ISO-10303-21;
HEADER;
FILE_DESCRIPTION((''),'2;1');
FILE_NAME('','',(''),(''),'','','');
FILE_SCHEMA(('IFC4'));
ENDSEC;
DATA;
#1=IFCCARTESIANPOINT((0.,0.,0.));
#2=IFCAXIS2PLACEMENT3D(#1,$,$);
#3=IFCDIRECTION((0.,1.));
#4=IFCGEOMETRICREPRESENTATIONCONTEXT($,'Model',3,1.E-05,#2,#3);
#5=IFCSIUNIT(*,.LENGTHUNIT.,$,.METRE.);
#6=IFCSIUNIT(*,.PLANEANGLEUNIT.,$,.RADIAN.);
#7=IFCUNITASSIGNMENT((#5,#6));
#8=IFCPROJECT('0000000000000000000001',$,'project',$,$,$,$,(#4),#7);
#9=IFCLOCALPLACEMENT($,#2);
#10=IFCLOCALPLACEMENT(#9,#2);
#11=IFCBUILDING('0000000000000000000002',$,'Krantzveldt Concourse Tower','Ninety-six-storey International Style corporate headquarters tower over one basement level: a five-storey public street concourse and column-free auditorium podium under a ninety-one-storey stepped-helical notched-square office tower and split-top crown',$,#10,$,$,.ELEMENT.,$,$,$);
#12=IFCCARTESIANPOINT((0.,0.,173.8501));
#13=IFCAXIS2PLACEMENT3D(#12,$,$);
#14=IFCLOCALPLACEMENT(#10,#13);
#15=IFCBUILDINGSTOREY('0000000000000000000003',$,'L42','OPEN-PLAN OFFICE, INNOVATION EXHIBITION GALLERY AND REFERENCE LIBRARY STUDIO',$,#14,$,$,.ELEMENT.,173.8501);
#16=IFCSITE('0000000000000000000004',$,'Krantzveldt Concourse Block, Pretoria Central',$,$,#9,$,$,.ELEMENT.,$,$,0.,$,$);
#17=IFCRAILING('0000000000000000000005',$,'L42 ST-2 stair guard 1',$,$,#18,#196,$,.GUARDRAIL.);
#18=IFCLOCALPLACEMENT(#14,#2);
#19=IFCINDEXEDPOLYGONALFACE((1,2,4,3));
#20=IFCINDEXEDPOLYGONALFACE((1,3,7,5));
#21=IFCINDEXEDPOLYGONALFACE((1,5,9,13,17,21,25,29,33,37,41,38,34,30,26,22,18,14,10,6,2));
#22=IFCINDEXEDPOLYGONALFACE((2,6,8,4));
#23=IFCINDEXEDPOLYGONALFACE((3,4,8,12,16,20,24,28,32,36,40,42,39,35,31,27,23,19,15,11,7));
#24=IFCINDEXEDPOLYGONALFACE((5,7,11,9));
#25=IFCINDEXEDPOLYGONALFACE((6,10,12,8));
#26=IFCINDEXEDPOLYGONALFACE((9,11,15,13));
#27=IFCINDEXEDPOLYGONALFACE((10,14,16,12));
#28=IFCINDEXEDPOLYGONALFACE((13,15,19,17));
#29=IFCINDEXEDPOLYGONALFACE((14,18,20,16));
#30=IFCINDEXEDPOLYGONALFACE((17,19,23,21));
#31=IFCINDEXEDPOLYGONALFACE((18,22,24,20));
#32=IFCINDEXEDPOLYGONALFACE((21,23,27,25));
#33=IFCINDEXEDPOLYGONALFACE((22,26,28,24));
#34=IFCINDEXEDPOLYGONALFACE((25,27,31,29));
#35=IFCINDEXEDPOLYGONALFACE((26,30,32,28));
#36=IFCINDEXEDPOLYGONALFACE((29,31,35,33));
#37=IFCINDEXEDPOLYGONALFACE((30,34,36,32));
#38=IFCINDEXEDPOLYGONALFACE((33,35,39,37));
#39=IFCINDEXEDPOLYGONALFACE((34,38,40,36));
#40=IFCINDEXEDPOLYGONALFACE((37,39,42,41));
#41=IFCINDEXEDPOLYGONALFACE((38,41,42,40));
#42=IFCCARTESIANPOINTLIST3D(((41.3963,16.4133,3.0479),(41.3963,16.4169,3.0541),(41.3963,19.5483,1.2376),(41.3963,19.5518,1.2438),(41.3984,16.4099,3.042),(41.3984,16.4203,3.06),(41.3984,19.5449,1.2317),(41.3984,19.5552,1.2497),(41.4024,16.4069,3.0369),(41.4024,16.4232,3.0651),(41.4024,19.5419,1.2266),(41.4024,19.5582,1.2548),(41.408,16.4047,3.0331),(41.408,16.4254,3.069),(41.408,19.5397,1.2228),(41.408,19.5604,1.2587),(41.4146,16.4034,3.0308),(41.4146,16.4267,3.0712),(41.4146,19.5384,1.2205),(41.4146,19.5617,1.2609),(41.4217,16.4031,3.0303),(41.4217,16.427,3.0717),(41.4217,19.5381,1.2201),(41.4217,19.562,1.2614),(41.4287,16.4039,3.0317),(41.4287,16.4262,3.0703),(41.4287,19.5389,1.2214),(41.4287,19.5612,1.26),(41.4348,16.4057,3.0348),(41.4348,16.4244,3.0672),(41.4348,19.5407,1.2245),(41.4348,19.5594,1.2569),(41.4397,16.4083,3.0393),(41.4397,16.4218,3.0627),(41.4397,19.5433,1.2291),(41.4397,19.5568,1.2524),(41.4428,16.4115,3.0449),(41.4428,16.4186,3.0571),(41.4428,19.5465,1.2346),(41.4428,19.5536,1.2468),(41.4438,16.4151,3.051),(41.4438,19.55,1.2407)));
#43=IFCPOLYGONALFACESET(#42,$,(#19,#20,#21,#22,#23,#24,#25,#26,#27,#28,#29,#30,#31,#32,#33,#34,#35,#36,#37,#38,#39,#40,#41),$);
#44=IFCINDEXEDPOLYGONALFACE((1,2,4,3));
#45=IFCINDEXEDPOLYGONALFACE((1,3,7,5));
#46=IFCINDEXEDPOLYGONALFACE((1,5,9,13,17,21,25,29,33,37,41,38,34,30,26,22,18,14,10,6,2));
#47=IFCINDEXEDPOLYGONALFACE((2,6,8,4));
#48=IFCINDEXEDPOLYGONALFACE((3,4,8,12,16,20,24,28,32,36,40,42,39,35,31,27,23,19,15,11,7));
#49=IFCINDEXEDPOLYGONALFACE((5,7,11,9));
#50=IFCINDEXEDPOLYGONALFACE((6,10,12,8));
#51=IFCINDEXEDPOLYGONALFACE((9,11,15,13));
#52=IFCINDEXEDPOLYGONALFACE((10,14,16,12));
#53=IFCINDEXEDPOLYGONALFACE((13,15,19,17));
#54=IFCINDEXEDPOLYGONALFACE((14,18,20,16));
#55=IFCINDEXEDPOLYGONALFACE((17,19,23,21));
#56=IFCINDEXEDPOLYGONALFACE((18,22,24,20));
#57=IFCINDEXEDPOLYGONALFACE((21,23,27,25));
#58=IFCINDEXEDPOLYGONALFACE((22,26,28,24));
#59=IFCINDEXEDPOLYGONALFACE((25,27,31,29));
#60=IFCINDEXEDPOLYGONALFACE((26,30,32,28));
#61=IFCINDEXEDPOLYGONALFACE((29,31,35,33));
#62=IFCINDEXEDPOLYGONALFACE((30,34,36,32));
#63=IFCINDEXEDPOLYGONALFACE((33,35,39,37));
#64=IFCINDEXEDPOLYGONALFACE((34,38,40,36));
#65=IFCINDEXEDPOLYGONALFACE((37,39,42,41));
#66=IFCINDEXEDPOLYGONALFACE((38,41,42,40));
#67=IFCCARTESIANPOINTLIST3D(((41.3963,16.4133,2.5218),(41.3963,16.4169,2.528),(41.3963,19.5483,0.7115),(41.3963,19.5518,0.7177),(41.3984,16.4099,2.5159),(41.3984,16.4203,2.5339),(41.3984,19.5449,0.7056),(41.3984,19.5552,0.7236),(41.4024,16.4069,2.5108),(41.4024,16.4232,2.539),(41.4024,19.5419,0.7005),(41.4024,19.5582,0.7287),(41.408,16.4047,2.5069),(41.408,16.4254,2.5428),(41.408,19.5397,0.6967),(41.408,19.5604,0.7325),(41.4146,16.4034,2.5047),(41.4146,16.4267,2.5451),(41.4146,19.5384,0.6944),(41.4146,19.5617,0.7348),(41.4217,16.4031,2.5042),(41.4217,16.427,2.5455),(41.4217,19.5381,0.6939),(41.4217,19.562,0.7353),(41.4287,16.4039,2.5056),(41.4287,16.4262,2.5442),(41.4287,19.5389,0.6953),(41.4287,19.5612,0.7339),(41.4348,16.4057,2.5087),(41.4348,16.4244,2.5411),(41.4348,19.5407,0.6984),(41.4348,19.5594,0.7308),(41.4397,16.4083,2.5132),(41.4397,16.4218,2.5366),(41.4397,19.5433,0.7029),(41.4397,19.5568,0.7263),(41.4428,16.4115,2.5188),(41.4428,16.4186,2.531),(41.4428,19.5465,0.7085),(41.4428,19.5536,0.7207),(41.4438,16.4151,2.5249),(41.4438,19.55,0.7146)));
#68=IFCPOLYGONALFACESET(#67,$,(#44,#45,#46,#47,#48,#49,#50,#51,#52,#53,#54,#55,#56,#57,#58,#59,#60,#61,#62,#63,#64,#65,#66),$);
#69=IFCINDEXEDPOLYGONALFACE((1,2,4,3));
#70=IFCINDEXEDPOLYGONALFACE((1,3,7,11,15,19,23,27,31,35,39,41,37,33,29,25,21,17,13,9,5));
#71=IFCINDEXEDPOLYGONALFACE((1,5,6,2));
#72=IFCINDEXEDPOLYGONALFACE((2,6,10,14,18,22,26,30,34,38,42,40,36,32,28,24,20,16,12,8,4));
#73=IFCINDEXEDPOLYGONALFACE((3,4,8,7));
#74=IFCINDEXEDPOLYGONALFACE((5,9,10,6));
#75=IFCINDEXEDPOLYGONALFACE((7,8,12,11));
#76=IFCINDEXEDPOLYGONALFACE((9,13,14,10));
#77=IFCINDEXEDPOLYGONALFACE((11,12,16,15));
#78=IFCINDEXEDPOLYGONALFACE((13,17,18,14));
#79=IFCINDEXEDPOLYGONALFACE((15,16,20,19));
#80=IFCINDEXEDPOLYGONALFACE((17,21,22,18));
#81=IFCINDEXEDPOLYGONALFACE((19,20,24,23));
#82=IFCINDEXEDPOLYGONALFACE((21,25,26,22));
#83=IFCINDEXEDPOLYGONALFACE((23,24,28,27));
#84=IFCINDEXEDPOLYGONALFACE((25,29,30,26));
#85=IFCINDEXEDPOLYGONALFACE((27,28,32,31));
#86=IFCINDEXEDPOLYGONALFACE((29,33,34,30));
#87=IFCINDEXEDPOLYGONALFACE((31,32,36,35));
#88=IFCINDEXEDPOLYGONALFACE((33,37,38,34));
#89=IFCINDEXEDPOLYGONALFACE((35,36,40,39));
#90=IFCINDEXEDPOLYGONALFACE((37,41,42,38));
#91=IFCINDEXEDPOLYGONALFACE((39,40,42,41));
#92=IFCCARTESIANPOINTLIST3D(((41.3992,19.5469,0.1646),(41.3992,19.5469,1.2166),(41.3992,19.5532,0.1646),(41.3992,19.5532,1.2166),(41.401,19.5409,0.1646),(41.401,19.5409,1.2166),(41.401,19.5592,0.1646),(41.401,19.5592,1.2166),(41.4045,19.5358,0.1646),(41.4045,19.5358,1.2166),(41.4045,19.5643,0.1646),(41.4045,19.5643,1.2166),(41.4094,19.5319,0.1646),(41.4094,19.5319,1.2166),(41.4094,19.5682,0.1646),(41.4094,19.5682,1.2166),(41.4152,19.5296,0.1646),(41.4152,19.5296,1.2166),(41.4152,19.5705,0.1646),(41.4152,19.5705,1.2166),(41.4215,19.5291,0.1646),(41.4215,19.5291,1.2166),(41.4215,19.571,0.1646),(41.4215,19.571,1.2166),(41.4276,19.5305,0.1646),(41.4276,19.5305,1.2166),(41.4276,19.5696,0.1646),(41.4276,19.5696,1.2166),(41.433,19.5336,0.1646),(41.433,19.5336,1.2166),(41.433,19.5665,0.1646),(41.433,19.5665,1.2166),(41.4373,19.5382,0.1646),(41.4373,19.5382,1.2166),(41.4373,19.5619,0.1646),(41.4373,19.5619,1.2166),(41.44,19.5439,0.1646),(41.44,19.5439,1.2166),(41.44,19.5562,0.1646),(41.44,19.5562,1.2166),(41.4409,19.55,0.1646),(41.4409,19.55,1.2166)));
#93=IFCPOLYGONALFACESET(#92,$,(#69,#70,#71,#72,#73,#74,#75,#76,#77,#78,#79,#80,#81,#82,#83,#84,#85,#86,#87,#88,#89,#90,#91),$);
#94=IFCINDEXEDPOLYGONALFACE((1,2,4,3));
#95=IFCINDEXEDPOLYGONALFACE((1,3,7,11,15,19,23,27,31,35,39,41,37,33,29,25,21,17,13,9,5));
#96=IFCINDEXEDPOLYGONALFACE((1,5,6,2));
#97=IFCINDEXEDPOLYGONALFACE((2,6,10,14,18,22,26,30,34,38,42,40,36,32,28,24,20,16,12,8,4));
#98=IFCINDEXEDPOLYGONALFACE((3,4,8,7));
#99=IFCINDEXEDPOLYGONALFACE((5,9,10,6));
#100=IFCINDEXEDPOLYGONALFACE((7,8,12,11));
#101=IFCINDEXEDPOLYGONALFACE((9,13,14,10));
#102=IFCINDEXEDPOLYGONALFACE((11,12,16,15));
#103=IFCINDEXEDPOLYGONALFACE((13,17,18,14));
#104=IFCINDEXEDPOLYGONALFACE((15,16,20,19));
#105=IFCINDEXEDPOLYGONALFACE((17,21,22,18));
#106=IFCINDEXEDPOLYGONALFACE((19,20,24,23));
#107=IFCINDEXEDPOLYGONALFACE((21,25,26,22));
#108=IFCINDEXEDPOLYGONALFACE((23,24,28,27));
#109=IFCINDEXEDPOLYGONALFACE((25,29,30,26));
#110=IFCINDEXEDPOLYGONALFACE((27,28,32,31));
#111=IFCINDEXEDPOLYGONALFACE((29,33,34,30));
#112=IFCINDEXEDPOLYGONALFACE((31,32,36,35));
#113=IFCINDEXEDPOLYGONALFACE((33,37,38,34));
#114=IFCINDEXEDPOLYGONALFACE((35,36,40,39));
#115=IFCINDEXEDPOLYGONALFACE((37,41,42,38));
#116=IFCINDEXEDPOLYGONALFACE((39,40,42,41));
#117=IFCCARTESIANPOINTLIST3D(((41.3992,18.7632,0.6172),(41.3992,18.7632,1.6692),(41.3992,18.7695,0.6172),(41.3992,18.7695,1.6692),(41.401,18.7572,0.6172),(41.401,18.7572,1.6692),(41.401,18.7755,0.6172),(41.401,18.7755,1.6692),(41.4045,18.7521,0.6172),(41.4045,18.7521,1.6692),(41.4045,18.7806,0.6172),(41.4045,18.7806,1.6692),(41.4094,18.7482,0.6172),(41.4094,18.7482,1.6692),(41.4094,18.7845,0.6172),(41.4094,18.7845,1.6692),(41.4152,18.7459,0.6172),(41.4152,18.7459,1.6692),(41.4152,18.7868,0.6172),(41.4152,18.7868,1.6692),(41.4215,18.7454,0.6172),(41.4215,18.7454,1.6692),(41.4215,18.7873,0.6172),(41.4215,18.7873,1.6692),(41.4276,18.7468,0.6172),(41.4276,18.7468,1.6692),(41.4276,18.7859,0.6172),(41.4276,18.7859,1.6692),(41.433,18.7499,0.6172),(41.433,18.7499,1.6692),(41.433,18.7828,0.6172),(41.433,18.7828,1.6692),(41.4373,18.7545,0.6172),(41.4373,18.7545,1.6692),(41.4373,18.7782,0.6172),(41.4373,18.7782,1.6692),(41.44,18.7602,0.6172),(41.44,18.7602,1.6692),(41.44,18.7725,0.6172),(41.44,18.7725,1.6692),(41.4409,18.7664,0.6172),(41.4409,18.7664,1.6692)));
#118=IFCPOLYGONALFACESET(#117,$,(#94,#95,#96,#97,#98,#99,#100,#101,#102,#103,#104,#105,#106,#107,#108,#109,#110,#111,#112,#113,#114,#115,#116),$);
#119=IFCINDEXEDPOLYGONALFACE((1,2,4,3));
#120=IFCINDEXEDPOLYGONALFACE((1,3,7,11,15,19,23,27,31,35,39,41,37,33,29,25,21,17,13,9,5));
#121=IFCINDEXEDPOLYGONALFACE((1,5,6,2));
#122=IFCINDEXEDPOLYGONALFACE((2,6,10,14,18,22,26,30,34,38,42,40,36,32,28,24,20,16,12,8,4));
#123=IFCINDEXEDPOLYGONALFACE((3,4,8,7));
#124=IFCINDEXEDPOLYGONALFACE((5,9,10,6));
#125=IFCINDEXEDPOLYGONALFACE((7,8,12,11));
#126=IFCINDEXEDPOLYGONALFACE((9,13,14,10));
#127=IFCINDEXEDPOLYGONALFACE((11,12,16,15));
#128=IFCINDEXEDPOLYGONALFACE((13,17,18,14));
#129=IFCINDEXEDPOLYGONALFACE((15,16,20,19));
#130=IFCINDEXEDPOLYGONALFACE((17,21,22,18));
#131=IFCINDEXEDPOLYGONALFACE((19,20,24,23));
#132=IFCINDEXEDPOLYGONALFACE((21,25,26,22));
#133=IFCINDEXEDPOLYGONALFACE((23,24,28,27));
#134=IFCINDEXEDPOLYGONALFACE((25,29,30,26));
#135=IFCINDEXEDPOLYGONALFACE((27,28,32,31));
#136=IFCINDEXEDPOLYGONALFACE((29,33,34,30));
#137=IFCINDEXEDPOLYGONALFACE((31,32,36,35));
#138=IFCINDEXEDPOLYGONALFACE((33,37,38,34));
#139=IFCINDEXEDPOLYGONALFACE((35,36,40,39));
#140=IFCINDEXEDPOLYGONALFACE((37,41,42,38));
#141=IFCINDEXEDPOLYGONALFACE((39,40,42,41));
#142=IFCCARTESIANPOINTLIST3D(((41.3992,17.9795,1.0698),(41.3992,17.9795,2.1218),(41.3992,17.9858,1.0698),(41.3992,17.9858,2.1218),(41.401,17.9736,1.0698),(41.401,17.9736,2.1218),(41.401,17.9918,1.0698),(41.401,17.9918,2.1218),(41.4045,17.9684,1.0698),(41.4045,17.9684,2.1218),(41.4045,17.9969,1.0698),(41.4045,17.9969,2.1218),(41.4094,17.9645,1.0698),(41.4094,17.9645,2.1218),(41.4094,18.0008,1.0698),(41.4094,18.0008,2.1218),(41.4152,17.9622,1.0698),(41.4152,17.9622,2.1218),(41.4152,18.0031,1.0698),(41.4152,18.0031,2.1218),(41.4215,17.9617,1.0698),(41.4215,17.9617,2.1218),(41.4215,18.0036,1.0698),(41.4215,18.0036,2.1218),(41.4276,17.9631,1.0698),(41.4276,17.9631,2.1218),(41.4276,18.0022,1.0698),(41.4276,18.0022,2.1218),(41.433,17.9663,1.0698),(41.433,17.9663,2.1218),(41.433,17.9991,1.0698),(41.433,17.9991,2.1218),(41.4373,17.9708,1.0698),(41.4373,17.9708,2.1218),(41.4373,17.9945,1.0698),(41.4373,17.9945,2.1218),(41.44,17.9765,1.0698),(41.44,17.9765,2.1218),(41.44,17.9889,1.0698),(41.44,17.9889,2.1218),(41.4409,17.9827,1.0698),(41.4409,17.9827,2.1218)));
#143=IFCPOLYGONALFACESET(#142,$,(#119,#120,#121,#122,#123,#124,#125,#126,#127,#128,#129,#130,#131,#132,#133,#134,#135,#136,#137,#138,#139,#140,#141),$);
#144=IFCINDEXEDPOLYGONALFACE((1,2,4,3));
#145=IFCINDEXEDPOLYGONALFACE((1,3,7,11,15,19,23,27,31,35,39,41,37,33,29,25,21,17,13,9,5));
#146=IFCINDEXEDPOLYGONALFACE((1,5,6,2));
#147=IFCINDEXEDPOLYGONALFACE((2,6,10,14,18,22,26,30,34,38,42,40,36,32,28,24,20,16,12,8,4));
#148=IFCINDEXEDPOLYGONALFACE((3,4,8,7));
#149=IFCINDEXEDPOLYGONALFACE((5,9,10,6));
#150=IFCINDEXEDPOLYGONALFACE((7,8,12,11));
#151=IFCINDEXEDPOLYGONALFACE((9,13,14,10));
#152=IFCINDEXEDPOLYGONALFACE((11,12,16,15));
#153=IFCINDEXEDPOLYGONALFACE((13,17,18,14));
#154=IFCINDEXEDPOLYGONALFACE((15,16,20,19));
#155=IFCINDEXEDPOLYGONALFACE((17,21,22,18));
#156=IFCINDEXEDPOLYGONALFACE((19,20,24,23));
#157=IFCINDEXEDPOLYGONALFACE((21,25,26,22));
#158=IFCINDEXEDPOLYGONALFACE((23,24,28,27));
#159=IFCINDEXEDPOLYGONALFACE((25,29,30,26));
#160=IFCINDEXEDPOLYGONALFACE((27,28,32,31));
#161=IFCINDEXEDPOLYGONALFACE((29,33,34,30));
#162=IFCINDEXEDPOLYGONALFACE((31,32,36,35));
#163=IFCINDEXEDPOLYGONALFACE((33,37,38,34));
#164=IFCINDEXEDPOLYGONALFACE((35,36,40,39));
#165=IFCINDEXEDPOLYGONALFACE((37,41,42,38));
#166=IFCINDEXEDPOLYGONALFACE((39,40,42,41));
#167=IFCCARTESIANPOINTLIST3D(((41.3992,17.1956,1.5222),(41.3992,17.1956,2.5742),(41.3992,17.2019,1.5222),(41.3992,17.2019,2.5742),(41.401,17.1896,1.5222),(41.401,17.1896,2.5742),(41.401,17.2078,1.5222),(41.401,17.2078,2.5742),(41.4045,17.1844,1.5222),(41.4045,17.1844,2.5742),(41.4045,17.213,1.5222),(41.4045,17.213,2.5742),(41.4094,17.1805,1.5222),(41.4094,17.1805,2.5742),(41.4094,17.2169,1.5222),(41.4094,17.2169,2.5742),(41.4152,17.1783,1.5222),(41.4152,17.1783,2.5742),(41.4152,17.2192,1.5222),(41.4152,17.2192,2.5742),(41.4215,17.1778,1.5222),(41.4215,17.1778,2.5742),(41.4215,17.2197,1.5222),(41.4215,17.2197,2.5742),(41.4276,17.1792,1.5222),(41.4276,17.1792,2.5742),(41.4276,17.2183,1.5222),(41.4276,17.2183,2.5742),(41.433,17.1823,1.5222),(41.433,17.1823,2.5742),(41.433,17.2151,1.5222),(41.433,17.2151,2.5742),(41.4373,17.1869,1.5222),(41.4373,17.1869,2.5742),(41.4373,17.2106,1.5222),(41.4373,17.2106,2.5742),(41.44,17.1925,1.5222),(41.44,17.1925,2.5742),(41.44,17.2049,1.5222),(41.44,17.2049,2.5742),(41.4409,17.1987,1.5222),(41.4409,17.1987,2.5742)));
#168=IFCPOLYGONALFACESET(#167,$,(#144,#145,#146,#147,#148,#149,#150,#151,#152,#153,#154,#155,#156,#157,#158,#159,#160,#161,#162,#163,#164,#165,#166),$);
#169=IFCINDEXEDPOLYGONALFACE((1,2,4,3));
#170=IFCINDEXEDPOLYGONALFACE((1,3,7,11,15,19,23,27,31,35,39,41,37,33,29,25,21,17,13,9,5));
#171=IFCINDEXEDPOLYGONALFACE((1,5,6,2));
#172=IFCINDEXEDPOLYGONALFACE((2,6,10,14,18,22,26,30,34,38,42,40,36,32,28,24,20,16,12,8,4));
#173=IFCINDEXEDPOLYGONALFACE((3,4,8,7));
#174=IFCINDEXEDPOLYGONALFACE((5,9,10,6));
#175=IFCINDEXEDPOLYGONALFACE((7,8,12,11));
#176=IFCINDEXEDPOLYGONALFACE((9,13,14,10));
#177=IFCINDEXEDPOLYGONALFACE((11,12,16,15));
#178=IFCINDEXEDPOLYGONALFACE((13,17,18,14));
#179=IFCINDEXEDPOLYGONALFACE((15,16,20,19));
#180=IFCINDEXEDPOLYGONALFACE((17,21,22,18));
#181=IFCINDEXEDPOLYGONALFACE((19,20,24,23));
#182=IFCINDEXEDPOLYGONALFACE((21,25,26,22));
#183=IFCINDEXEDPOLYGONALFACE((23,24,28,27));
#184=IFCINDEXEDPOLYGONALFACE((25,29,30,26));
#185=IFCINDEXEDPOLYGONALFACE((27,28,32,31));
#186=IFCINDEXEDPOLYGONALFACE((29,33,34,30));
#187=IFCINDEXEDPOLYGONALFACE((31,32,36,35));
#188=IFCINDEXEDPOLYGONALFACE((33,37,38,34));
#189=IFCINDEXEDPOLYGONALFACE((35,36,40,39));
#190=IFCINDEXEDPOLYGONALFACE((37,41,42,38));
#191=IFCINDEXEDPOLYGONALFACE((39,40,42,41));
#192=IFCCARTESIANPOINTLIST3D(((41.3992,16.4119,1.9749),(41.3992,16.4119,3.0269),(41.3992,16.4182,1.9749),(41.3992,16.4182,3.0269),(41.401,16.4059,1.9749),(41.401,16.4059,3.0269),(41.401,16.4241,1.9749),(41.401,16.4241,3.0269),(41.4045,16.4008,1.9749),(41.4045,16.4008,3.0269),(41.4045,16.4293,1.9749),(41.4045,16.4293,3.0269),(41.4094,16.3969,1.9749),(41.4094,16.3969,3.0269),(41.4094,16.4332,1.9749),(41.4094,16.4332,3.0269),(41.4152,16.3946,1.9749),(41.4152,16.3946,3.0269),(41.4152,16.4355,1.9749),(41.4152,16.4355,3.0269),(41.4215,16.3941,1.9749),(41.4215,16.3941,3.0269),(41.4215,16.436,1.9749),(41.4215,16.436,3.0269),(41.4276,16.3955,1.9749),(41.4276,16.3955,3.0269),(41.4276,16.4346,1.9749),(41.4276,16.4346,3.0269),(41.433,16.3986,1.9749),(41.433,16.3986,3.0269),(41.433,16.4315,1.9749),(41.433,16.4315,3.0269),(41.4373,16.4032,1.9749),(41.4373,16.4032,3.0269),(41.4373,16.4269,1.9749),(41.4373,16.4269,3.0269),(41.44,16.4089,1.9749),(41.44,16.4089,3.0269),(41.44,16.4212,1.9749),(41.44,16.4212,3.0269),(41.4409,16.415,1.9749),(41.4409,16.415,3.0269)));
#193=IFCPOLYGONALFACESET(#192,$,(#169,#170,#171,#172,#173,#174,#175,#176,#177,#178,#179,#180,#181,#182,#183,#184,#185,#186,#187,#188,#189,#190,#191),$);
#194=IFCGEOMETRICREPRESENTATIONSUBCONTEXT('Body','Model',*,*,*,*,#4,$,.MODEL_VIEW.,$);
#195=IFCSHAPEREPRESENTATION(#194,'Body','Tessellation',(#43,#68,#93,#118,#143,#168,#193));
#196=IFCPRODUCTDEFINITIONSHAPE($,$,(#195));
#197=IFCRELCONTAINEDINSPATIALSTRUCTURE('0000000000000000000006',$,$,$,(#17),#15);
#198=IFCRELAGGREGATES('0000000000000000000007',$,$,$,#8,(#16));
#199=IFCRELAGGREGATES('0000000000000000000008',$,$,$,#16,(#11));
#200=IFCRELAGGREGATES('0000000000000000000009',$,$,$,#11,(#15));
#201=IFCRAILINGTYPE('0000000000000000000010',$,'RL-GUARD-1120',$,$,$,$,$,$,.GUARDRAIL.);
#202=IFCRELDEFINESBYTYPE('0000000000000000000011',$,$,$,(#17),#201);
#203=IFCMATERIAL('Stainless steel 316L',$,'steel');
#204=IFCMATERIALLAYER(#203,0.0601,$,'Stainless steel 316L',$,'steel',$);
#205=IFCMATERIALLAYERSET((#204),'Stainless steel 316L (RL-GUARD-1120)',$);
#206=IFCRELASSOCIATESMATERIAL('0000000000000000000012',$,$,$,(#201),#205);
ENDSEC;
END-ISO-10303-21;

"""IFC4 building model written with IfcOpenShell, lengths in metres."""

from ifc_helpers import new_model, si_unit, direction, frame, origin, origin_2d, place, context, subcontext, project, spatial, circle, extrude, material, layer, layer_set, type_object, element, save


model = new_model("IFC4")

# Units and contexts
model_context = context("Model", 3, precision=1e-05, world=origin(), true_north=direction((0.0, 1.0)))
body_context = subcontext(model_context, "Body", "Model", "MODEL_VIEW")
ifc_project = project(units=[si_unit("LENGTHUNIT", "METRE"), si_unit("PLANEANGLEUNIT", "RADIAN")], contexts=[model_context])

# Site, building, storey
site_placement = place(None, origin())
site = spatial("IfcSite", under=ifc_project, at=site_placement, Name="Krantzveldt Concourse Block, Pretoria Central", CompositionType="ELEMENT", RefElevation=0.0)
building_placement = place(site_placement, origin())
building = spatial("IfcBuilding", under=site, at=building_placement, Name="Krantzveldt Concourse Tower", Description="Ninety-six-storey International Style corporate headquarters tower over one basement level: a five-storey public street concourse and column-free auditorium podium under a ninety-one-storey stepped-helical notched-square office tower and split-top crown", CompositionType="ELEMENT")
storey_placement = place(building_placement, frame((0.0, 0.0, 173.8501)))
storey = spatial("IfcBuildingStorey", under=building, at=storey_placement, Name="L42", Description="OPEN-PLAN OFFICE, INNOVATION EXHIBITION GALLERY AND REFERENCE LIBRARY STUDIO", CompositionType="ELEMENT", Elevation=173.8501)

# Shared definitions
ifc_material_1 = material(Name="Stainless steel 316L", Category="steel")

# Railing
ifc_layer_1 = layer(ifc_material_1, 0.0601, Name="Stainless steel 316L", Category="steel")
ifc_layer_set_1 = layer_set([ifc_layer_1], Name="Stainless steel 316L (RL-GUARD-1120)")
railing_type_1 = type_object("IfcRailingType", Name="RL-GUARD-1120", PredefinedType="GUARDRAIL", material=ifc_layer_set_1)
railing_1_placement = place(storey_placement, frame((41.4199, 19.55, 0.1646)))
element("IfcRailing", 1, at=railing_1_placement, inside=storey, type_object=railing_type_1, Name="L42 ST-2 stair guard 1", PredefinedType="GUARDRAIL", context=body_context, shape_type="SweptSolid", body=[
    extrude(circle(Radius=0.0239, at=origin_2d()), frame((0.0, 0.0, 1.0762), z_axis=(0.0, -0.865989, 0.500063), x_axis=(1.0, 0.0, 0.0)), (0.0, 0.0, 1.0), 3.6201),
    extrude(circle(Radius=0.0239, at=origin_2d()), frame((0.0, 0.0, 0.55), z_axis=(0.0, -0.865989, 0.500063), x_axis=(1.0, 0.0, 0.0)), (0.0, 0.0, 1.0), 3.6201),
    extrude(circle(Radius=0.021, at=origin_2d()), origin(), (0.0, 0.0, 1.0), 1.052),
    extrude(circle(Radius=0.021, at=origin_2d()), frame((0.0, -0.7837, 0.4526)), (0.0, 0.0, 1.0), 1.052),
    extrude(circle(Radius=0.021, at=origin_2d()), frame((0.0, -1.5674, 0.9053)), (0.0, 0.0, 1.0), 1.052),
    extrude(circle(Radius=0.021, at=origin_2d()), frame((0.0, -2.3513, 1.3577)), (0.0, 0.0, 1.0), 1.052),
    extrude(circle(Radius=0.021, at=origin_2d()), frame((0.0, -3.135, 1.8103)), (0.0, 0.0, 1.0), 1.052),
])

save(model, "model.ifc")
